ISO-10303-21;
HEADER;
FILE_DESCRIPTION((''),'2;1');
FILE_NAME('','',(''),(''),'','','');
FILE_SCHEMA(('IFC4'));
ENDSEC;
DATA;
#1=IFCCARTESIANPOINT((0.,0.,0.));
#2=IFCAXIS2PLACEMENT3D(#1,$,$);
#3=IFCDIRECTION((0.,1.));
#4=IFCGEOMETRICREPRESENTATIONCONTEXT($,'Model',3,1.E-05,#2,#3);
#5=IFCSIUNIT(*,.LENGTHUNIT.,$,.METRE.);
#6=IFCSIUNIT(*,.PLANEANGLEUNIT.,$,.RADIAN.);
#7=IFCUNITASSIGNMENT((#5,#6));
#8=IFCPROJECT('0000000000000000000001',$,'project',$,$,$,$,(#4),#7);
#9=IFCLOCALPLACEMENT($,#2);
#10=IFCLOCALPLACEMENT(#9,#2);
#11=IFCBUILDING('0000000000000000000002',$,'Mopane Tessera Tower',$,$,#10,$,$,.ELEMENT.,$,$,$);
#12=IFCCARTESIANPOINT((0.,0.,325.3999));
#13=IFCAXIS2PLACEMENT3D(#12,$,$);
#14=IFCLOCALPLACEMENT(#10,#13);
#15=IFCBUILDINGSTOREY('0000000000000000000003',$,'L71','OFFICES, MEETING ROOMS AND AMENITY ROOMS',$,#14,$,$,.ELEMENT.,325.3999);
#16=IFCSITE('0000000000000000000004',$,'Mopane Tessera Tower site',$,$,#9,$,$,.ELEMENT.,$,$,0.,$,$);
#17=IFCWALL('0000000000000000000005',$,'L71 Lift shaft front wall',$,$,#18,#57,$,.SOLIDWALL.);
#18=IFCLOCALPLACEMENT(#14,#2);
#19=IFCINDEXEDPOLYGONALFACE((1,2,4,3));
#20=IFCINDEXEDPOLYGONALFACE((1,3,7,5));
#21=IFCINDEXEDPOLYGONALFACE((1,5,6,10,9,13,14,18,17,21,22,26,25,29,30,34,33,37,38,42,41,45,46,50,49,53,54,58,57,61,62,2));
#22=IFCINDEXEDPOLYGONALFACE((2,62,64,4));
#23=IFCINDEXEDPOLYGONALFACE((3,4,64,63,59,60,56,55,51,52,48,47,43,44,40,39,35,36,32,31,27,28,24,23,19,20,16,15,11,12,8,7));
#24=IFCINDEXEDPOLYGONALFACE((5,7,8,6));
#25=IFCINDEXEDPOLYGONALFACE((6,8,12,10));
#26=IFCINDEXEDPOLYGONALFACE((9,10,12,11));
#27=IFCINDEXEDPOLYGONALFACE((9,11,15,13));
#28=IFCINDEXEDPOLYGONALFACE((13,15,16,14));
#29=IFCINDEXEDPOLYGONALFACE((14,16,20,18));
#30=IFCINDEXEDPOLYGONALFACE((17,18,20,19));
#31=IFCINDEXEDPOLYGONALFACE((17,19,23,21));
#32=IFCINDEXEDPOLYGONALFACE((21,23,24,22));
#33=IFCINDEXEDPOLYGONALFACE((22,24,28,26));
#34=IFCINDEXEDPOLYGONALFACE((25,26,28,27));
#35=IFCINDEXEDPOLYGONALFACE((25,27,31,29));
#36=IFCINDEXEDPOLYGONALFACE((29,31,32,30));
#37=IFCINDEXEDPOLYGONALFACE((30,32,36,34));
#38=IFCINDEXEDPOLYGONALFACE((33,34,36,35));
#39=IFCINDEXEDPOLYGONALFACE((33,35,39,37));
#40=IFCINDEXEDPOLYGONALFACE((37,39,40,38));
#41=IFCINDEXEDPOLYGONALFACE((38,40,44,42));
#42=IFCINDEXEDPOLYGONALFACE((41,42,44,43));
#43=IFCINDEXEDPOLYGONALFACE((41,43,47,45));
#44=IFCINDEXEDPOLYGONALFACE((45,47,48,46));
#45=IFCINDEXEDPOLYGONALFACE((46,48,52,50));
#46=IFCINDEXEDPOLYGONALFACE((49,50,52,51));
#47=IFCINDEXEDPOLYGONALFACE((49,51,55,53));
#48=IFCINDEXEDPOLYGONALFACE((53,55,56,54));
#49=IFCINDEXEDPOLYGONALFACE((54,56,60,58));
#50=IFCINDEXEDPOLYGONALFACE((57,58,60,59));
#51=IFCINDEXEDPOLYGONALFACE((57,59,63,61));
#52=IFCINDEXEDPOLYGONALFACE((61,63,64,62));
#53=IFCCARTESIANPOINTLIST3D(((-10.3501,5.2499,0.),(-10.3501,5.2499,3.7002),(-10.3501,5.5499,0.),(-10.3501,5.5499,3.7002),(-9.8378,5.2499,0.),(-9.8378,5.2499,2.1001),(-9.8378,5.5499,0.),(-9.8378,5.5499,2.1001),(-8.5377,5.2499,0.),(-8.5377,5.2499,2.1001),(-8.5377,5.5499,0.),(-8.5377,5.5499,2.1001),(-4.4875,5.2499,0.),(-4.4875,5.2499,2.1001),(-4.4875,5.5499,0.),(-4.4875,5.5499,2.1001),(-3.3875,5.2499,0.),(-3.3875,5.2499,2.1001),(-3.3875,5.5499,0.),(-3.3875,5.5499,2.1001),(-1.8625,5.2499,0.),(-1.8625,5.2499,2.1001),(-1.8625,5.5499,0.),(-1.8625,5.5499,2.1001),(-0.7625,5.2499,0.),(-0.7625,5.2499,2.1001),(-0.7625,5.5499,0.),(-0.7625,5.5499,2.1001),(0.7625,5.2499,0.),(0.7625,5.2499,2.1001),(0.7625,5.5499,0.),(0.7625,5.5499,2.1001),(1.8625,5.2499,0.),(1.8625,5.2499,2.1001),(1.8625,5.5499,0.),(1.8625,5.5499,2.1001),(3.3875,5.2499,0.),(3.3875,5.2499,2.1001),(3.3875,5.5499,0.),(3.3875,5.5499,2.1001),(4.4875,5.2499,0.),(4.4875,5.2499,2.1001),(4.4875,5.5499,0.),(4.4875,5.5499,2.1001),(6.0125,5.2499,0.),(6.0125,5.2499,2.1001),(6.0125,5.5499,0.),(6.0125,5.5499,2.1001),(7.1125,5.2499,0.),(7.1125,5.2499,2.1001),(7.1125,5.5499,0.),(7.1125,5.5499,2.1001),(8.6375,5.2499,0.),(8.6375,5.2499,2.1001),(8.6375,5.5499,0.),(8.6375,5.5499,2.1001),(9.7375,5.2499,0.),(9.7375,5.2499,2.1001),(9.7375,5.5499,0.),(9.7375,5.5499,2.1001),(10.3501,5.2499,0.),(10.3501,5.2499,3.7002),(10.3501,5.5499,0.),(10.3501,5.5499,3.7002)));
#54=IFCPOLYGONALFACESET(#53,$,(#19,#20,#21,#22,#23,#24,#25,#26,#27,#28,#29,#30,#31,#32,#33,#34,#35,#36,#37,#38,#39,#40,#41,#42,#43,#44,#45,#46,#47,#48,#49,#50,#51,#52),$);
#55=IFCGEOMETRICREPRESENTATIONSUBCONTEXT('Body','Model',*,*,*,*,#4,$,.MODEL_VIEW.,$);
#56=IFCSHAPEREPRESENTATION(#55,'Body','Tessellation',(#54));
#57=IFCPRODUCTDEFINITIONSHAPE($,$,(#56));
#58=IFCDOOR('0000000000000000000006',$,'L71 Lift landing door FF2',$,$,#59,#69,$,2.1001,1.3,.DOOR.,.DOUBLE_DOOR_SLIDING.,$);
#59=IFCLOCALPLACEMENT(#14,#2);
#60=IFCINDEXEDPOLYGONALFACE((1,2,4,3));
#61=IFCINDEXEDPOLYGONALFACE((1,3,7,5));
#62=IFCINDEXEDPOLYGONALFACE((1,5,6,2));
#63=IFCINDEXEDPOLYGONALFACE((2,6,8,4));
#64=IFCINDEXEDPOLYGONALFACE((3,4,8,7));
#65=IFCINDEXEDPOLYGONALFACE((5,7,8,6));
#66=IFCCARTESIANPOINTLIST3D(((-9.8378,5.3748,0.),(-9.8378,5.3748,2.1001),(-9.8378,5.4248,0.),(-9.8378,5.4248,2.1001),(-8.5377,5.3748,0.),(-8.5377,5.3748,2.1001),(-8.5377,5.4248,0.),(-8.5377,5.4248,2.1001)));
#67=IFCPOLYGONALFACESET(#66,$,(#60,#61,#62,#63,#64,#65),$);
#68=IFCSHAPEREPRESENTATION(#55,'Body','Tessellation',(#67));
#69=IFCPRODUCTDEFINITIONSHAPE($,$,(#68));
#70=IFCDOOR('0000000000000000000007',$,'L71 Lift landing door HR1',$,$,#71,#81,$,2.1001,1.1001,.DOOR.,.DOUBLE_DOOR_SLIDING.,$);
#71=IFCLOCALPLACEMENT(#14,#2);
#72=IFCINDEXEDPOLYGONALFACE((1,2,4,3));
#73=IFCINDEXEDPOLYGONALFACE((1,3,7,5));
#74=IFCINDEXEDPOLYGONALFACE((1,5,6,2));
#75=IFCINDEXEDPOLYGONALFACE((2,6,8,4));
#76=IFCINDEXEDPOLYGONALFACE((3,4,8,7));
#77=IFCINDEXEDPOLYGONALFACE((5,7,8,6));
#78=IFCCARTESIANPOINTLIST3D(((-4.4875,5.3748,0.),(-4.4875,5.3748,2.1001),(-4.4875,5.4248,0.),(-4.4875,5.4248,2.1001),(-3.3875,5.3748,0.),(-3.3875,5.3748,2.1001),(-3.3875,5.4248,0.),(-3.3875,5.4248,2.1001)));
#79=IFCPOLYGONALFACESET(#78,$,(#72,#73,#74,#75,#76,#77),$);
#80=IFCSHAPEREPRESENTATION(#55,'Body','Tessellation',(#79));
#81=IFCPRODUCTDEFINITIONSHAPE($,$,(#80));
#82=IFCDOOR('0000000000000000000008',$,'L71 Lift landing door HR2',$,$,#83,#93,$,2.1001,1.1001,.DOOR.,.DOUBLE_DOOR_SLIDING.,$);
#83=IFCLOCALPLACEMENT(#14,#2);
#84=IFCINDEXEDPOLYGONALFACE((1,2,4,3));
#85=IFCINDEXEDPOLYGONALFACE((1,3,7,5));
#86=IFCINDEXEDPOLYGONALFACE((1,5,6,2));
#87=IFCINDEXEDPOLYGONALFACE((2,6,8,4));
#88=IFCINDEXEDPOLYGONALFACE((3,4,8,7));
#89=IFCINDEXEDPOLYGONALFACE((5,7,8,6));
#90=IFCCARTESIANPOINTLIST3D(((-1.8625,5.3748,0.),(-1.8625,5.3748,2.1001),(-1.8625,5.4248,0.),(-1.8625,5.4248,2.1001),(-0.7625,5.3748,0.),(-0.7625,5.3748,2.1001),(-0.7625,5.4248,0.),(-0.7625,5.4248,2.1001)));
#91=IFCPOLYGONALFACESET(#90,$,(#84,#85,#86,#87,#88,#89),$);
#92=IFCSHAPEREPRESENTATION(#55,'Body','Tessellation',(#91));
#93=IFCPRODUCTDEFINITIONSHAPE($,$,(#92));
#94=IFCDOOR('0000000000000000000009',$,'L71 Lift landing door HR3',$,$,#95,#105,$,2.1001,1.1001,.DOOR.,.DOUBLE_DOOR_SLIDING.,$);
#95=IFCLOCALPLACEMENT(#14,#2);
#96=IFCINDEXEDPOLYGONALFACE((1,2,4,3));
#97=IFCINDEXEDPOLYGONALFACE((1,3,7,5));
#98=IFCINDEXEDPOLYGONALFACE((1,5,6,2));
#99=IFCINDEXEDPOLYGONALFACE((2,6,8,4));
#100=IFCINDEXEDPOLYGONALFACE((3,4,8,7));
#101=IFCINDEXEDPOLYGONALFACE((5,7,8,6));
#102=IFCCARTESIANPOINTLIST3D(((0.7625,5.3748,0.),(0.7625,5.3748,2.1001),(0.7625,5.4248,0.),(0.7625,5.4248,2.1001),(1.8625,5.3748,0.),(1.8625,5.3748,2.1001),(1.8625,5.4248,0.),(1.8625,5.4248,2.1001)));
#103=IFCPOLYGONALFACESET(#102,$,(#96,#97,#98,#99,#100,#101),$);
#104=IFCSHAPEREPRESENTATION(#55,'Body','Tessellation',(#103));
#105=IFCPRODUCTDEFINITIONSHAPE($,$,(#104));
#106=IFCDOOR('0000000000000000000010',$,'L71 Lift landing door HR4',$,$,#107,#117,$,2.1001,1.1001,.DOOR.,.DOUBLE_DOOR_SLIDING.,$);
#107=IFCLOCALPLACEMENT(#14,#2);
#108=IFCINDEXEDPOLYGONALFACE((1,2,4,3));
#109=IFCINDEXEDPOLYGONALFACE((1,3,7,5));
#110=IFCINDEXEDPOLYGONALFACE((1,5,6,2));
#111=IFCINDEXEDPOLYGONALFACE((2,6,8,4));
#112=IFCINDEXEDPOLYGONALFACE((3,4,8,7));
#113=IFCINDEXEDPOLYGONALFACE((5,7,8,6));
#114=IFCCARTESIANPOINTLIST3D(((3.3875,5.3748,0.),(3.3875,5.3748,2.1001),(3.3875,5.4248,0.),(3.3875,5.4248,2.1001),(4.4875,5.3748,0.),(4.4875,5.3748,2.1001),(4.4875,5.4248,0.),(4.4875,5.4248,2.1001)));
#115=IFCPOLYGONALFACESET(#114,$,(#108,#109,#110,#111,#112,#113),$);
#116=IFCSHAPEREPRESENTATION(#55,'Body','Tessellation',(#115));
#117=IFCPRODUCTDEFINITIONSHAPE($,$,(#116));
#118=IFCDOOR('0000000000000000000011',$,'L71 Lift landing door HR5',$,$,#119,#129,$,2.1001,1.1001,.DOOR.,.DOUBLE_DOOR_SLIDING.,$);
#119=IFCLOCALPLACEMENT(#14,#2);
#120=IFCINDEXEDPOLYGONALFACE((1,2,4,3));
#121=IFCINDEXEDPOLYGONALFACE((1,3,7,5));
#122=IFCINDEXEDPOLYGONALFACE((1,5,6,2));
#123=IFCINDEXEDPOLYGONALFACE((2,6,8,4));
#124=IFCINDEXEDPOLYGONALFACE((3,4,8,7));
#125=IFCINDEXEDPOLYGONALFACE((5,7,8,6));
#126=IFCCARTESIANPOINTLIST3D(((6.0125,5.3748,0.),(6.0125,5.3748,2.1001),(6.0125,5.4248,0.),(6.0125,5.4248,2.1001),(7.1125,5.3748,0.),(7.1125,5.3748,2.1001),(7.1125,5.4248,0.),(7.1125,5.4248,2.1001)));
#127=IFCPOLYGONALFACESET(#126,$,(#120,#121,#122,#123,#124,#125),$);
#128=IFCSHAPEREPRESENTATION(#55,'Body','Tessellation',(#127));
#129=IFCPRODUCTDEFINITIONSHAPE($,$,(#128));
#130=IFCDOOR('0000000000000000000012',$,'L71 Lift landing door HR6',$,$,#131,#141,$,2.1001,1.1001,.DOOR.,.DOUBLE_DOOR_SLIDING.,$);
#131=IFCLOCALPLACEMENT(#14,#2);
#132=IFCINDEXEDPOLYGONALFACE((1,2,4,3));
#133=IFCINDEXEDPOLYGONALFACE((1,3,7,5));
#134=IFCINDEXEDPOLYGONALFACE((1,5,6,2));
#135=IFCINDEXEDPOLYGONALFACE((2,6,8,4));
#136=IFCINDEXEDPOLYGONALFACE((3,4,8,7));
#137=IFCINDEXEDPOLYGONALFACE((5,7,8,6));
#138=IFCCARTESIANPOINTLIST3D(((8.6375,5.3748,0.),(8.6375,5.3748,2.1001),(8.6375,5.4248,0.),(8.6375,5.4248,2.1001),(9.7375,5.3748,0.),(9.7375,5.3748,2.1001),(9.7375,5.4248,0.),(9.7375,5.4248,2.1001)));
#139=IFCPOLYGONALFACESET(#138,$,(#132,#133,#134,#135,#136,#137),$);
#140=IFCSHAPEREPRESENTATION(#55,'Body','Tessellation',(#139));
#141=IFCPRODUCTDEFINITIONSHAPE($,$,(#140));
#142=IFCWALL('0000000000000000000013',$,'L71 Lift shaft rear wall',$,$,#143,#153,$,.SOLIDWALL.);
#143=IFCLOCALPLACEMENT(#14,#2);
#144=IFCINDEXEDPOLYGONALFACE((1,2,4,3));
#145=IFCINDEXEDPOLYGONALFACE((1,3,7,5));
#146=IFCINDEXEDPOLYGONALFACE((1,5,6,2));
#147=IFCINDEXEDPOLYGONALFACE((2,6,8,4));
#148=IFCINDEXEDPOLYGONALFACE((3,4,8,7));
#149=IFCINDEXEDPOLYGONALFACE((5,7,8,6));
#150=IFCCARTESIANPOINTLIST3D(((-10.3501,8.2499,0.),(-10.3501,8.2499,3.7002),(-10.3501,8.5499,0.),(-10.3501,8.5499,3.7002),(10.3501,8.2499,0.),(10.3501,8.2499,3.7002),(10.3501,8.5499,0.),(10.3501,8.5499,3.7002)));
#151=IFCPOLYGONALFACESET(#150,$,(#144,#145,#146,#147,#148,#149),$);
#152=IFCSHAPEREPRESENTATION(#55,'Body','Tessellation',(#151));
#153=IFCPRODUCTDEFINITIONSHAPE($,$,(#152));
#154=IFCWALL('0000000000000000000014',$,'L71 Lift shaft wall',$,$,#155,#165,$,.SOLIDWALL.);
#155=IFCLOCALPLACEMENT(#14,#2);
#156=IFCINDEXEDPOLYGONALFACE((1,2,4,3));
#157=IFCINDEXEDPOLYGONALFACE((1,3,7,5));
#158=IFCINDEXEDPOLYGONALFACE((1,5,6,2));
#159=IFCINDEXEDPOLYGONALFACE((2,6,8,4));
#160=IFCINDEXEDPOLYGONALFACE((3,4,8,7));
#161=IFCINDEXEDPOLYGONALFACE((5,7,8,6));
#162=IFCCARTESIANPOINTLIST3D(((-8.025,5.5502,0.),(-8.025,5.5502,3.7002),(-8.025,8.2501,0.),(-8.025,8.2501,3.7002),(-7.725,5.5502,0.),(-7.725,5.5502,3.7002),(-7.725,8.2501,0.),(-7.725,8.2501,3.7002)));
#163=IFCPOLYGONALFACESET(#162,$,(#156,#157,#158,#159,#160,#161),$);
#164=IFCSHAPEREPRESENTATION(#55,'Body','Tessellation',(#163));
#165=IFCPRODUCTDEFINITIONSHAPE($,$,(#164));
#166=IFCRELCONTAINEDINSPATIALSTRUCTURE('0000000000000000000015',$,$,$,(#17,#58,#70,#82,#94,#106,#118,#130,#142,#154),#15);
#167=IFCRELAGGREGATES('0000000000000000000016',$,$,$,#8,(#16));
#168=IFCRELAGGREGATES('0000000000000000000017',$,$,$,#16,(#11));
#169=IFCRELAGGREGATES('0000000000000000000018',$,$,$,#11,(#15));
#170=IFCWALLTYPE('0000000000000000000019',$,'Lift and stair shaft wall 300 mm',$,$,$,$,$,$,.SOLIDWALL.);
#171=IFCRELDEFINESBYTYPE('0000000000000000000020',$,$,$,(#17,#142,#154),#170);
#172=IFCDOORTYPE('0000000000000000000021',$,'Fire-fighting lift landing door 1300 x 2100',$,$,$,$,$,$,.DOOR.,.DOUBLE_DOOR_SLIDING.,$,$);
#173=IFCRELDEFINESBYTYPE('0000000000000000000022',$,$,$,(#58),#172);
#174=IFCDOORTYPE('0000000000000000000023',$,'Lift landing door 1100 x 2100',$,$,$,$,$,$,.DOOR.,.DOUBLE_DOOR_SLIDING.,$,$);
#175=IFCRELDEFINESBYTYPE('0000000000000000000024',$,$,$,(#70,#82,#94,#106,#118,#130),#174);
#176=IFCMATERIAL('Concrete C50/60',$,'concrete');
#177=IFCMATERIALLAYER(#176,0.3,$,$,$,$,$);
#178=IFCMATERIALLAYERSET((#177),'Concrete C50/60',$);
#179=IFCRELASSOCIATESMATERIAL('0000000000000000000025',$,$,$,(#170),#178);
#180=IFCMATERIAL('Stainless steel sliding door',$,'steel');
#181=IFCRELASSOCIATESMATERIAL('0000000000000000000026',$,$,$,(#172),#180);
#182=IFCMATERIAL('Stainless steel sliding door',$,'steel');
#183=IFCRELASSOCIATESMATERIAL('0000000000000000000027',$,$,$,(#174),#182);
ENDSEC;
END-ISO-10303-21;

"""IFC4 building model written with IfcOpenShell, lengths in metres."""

from ifc_helpers import new_model, si_unit, direction, frame, frame_2d, origin, place, context, subcontext, project, spatial, rectangle, extrude, material, layer, layer_set, type_object, element, fill, save


model = new_model("IFC4")

# Units and contexts
model_context = context("Model", 3, precision=1e-05, world=origin(), true_north=direction((0.0, 1.0)))
body_context = subcontext(model_context, "Body", "Model", "MODEL_VIEW")
ifc_project = project(units=[si_unit("LENGTHUNIT", "METRE"), si_unit("PLANEANGLEUNIT", "RADIAN")], contexts=[model_context])

# Site, building, storey
site_placement = place(None, origin())
site = spatial("IfcSite", under=ifc_project, at=site_placement, Name="Mopane Tessera Tower site", CompositionType="ELEMENT", RefElevation=0.0)
building_placement = place(site_placement, origin())
building = spatial("IfcBuilding", under=site, at=building_placement, Name="Mopane Tessera Tower", CompositionType="ELEMENT")
storey_placement = place(building_placement, frame((0.0, 0.0, 325.3999)))
storey = spatial("IfcBuildingStorey", under=building, at=storey_placement, Name="L71", Description="OFFICES, MEETING ROOMS AND AMENITY ROOMS", CompositionType="ELEMENT", Elevation=325.3999)

# Wall, openings, doors
ifc_material_1 = material(Name="Concrete C50/60", Category="concrete")
ifc_layer_1 = layer(ifc_material_1, 0.3)
ifc_layer_set_1 = layer_set([ifc_layer_1], Name="Concrete C50/60")
wall_type_1 = type_object("IfcWallType", Name="Lift and stair shaft wall 300 mm", PredefinedType="SOLIDWALL", material=ifc_layer_set_1)
ifc_material_2 = material(Name="Stainless steel sliding door", Category="steel")
door_type_1 = type_object("IfcDoorType", Name="Fire-fighting lift landing door 1300 x 2100", OperationType="DOUBLE_DOOR_SLIDING", PredefinedType="DOOR", material=ifc_material_2)
wall_1_placement = place(storey_placement, frame((-10.3501, 5.3999, 0.0), z_axis=(0.0, 0.0, 1.0), x_axis=(1.0, 0.0, 0.0)))
wall_1 = element("IfcWall", 1, at=wall_1_placement, inside=storey, type_object=wall_type_1, Name="L71 Lift shaft front wall", PredefinedType="SOLIDWALL", context=body_context, shape_type="SweptSolid", body=[
    extrude(rectangle(XDim=20.7002, YDim=0.3, at=frame_2d((10.3501, 0.0))), origin(), (0.0, 0.0, 1.0), 3.7002),
])
opening_1_placement = place(wall_1_placement, frame((0.5125, 0.0, 0.0)))
opening_1 = element("IfcOpeningElement", 2, at=opening_1_placement, cuts=wall_1, PredefinedType="OPENING", context=body_context, shape_type="SweptSolid", body=[
    extrude(rectangle(XDim=1.3, YDim=2.1001, at=frame_2d((0.6499, 1.05))), frame((0.0, 0.1621, 0.0), z_axis=(0.0, -1.0, 0.0), x_axis=(1.0, 0.0, 0.0)), (0.0, 0.0, 1.0), 0.324),
])
opening_2_placement = place(wall_1_placement, frame((5.8625, 0.0, 0.0)))
opening_2 = element("IfcOpeningElement", 3, at=opening_2_placement, cuts=wall_1, PredefinedType="OPENING", context=body_context, shape_type="SweptSolid", body=[
    extrude(rectangle(XDim=1.1001, YDim=2.1001, at=frame_2d((0.55, 1.05))), frame((0.0, 0.1621, 0.0), z_axis=(0.0, -1.0, 0.0), x_axis=(1.0, 0.0, 0.0)), (0.0, 0.0, 1.0), 0.324),
])
opening_3_placement = place(wall_1_placement, frame((8.4875, 0.0, 0.0)))
opening_3 = element("IfcOpeningElement", 4, at=opening_3_placement, cuts=wall_1, PredefinedType="OPENING", context=body_context, shape_type="SweptSolid", body=[
    extrude(rectangle(XDim=1.1001, YDim=2.1001, at=frame_2d((0.55, 1.05))), frame((0.0, 0.1621, 0.0), z_axis=(0.0, -1.0, 0.0), x_axis=(1.0, 0.0, 0.0)), (0.0, 0.0, 1.0), 0.324),
])
opening_4_placement = place(wall_1_placement, frame((11.1125, 0.0, 0.0)))
opening_4 = element("IfcOpeningElement", 5, at=opening_4_placement, cuts=wall_1, PredefinedType="OPENING", context=body_context, shape_type="SweptSolid", body=[
    extrude(rectangle(XDim=1.1001, YDim=2.1001, at=frame_2d((0.55, 1.05))), frame((0.0, 0.1621, 0.0), z_axis=(0.0, -1.0, 0.0), x_axis=(1.0, 0.0, 0.0)), (0.0, 0.0, 1.0), 0.324),
])
opening_5_placement = place(wall_1_placement, frame((13.7375, 0.0, 0.0)))
opening_5 = element("IfcOpeningElement", 6, at=opening_5_placement, cuts=wall_1, PredefinedType="OPENING", context=body_context, shape_type="SweptSolid", body=[
    extrude(rectangle(XDim=1.1001, YDim=2.1001, at=frame_2d((0.55, 1.05))), frame((0.0, 0.1621, 0.0), z_axis=(0.0, -1.0, 0.0), x_axis=(1.0, 0.0, 0.0)), (0.0, 0.0, 1.0), 0.324),
])
opening_6_placement = place(wall_1_placement, frame((16.3625, 0.0, 0.0)))
opening_6 = element("IfcOpeningElement", 7, at=opening_6_placement, cuts=wall_1, PredefinedType="OPENING", context=body_context, shape_type="SweptSolid", body=[
    extrude(rectangle(XDim=1.1001, YDim=2.1001, at=frame_2d((0.55, 1.05))), frame((0.0, 0.1621, 0.0), z_axis=(0.0, -1.0, 0.0), x_axis=(1.0, 0.0, 0.0)), (0.0, 0.0, 1.0), 0.324),
])
opening_7_placement = place(wall_1_placement, frame((18.9875, 0.0, 0.0)))
opening_7 = element("IfcOpeningElement", 8, at=opening_7_placement, cuts=wall_1, PredefinedType="OPENING", context=body_context, shape_type="SweptSolid", body=[
    extrude(rectangle(XDim=1.1001, YDim=2.1001, at=frame_2d((0.55, 1.05))), frame((0.0, 0.1621, 0.0), z_axis=(0.0, -1.0, 0.0), x_axis=(1.0, 0.0, 0.0)), (0.0, 0.0, 1.0), 0.324),
])
door_1_placement = place(opening_1_placement, origin())
door_1 = element("IfcDoor", 9, at=door_1_placement, inside=storey, type_object=door_type_1, Name="L71 Lift landing door FF2", OperationType="DOUBLE_DOOR_SLIDING", OverallHeight=2.1001, OverallWidth=1.3, PredefinedType="DOOR", context=body_context, shape_type="SweptSolid", body=[
    extrude(rectangle(XDim=1.3, YDim=2.1001, at=frame_2d((0.6499, 1.05))), frame((0.0, 0.0249, 0.0), z_axis=(0.0, -1.0, 0.0), x_axis=(1.0, 0.0, 0.0)), (0.0, 0.0, 1.0), 0.05),
])
fill(opening_1, door_1)
ifc_material_3 = material(Name="Stainless steel sliding door", Category="steel")
door_type_2 = type_object("IfcDoorType", Name="Lift landing door 1100 x 2100", OperationType="DOUBLE_DOOR_SLIDING", PredefinedType="DOOR", material=ifc_material_3)
door_2_placement = place(opening_2_placement, origin())
door_2 = element("IfcDoor", 10, at=door_2_placement, inside=storey, type_object=door_type_2, Name="L71 Lift landing door HR1", OperationType="DOUBLE_DOOR_SLIDING", OverallHeight=2.1001, OverallWidth=1.1001, PredefinedType="DOOR", context=body_context, shape_type="SweptSolid", body=[
    extrude(rectangle(XDim=1.1001, YDim=2.1001, at=frame_2d((0.55, 1.05))), frame((0.0, 0.0249, 0.0), z_axis=(0.0, -1.0, 0.0), x_axis=(1.0, 0.0, 0.0)), (0.0, 0.0, 1.0), 0.05),
])
fill(opening_2, door_2)
door_3_placement = place(opening_3_placement, origin())
door_3 = element("IfcDoor", 11, at=door_3_placement, inside=storey, type_object=door_type_2, Name="L71 Lift landing door HR2", OperationType="DOUBLE_DOOR_SLIDING", OverallHeight=2.1001, OverallWidth=1.1001, PredefinedType="DOOR", context=body_context, shape_type="SweptSolid", body=[
    extrude(rectangle(XDim=1.1001, YDim=2.1001, at=frame_2d((0.55, 1.05))), frame((0.0, 0.0249, 0.0), z_axis=(0.0, -1.0, 0.0), x_axis=(1.0, 0.0, 0.0)), (0.0, 0.0, 1.0), 0.05),
])
fill(opening_3, door_3)
door_4_placement = place(opening_4_placement, origin())
door_4 = element("IfcDoor", 12, at=door_4_placement, inside=storey, type_object=door_type_2, Name="L71 Lift landing door HR3", OperationType="DOUBLE_DOOR_SLIDING", OverallHeight=2.1001, OverallWidth=1.1001, PredefinedType="DOOR", context=body_context, shape_type="SweptSolid", body=[
    extrude(rectangle(XDim=1.1001, YDim=2.1001, at=frame_2d((0.55, 1.05))), frame((0.0, 0.0249, 0.0), z_axis=(0.0, -1.0, 0.0), x_axis=(1.0, 0.0, 0.0)), (0.0, 0.0, 1.0), 0.05),
])
fill(opening_4, door_4)
door_5_placement = place(opening_5_placement, origin())
door_5 = element("IfcDoor", 13, at=door_5_placement, inside=storey, type_object=door_type_2, Name="L71 Lift landing door HR4", OperationType="DOUBLE_DOOR_SLIDING", OverallHeight=2.1001, OverallWidth=1.1001, PredefinedType="DOOR", context=body_context, shape_type="SweptSolid", body=[
    extrude(rectangle(XDim=1.1001, YDim=2.1001, at=frame_2d((0.55, 1.05))), frame((0.0, 0.0249, 0.0), z_axis=(0.0, -1.0, 0.0), x_axis=(1.0, 0.0, 0.0)), (0.0, 0.0, 1.0), 0.05),
])
fill(opening_5, door_5)
door_6_placement = place(opening_6_placement, origin())
door_6 = element("IfcDoor", 14, at=door_6_placement, inside=storey, type_object=door_type_2, Name="L71 Lift landing door HR5", OperationType="DOUBLE_DOOR_SLIDING", OverallHeight=2.1001, OverallWidth=1.1001, PredefinedType="DOOR", context=body_context, shape_type="SweptSolid", body=[
    extrude(rectangle(XDim=1.1001, YDim=2.1001, at=frame_2d((0.55, 1.05))), frame((0.0, 0.0249, 0.0), z_axis=(0.0, -1.0, 0.0), x_axis=(1.0, 0.0, 0.0)), (0.0, 0.0, 1.0), 0.05),
])
fill(opening_6, door_6)
door_7_placement = place(opening_7_placement, origin())
door_7 = element("IfcDoor", 15, at=door_7_placement, inside=storey, type_object=door_type_2, Name="L71 Lift landing door HR6", OperationType="DOUBLE_DOOR_SLIDING", OverallHeight=2.1001, OverallWidth=1.1001, PredefinedType="DOOR", context=body_context, shape_type="SweptSolid", body=[
    extrude(rectangle(XDim=1.1001, YDim=2.1001, at=frame_2d((0.55, 1.05))), frame((0.0, 0.0249, 0.0), z_axis=(0.0, -1.0, 0.0), x_axis=(1.0, 0.0, 0.0)), (0.0, 0.0, 1.0), 0.05),
])
fill(opening_7, door_7)

# Walls
wall_2_placement = place(storey_placement, frame((-10.3501, 8.3999, 0.0), z_axis=(0.0, 0.0, 1.0), x_axis=(1.0, 0.0, 0.0)))
element("IfcWall", 16, at=wall_2_placement, inside=storey, type_object=wall_type_1, Name="L71 Lift shaft rear wall", PredefinedType="SOLIDWALL", context=body_context, shape_type="SweptSolid", body=[
    extrude(rectangle(XDim=20.7002, YDim=0.3, at=frame_2d((10.3501, 0.0))), origin(), (0.0, 0.0, 1.0), 3.7002),
])
for number, where, z_axis, x_axis, name in (
    (17, (-7.875, 5.55, 0.0), (0.0, 0.0, 1.0), (0.0, 1.0, 0.0), "L71 Lift shaft wall"),
):
    element("IfcWall", number, at=place(storey_placement, frame(where, z_axis=z_axis, x_axis=x_axis)), inside=storey, type_object=wall_type_1, Name=name, PredefinedType="SOLIDWALL", context=body_context, shape_type="SweptSolid", body=[
        extrude(rectangle(XDim=2.7, YDim=0.3, at=frame_2d((1.3501, 0.0))), origin(), (0.0, 0.0, 1.0), 3.7002),
    ])

save(model, "model.ifc")
